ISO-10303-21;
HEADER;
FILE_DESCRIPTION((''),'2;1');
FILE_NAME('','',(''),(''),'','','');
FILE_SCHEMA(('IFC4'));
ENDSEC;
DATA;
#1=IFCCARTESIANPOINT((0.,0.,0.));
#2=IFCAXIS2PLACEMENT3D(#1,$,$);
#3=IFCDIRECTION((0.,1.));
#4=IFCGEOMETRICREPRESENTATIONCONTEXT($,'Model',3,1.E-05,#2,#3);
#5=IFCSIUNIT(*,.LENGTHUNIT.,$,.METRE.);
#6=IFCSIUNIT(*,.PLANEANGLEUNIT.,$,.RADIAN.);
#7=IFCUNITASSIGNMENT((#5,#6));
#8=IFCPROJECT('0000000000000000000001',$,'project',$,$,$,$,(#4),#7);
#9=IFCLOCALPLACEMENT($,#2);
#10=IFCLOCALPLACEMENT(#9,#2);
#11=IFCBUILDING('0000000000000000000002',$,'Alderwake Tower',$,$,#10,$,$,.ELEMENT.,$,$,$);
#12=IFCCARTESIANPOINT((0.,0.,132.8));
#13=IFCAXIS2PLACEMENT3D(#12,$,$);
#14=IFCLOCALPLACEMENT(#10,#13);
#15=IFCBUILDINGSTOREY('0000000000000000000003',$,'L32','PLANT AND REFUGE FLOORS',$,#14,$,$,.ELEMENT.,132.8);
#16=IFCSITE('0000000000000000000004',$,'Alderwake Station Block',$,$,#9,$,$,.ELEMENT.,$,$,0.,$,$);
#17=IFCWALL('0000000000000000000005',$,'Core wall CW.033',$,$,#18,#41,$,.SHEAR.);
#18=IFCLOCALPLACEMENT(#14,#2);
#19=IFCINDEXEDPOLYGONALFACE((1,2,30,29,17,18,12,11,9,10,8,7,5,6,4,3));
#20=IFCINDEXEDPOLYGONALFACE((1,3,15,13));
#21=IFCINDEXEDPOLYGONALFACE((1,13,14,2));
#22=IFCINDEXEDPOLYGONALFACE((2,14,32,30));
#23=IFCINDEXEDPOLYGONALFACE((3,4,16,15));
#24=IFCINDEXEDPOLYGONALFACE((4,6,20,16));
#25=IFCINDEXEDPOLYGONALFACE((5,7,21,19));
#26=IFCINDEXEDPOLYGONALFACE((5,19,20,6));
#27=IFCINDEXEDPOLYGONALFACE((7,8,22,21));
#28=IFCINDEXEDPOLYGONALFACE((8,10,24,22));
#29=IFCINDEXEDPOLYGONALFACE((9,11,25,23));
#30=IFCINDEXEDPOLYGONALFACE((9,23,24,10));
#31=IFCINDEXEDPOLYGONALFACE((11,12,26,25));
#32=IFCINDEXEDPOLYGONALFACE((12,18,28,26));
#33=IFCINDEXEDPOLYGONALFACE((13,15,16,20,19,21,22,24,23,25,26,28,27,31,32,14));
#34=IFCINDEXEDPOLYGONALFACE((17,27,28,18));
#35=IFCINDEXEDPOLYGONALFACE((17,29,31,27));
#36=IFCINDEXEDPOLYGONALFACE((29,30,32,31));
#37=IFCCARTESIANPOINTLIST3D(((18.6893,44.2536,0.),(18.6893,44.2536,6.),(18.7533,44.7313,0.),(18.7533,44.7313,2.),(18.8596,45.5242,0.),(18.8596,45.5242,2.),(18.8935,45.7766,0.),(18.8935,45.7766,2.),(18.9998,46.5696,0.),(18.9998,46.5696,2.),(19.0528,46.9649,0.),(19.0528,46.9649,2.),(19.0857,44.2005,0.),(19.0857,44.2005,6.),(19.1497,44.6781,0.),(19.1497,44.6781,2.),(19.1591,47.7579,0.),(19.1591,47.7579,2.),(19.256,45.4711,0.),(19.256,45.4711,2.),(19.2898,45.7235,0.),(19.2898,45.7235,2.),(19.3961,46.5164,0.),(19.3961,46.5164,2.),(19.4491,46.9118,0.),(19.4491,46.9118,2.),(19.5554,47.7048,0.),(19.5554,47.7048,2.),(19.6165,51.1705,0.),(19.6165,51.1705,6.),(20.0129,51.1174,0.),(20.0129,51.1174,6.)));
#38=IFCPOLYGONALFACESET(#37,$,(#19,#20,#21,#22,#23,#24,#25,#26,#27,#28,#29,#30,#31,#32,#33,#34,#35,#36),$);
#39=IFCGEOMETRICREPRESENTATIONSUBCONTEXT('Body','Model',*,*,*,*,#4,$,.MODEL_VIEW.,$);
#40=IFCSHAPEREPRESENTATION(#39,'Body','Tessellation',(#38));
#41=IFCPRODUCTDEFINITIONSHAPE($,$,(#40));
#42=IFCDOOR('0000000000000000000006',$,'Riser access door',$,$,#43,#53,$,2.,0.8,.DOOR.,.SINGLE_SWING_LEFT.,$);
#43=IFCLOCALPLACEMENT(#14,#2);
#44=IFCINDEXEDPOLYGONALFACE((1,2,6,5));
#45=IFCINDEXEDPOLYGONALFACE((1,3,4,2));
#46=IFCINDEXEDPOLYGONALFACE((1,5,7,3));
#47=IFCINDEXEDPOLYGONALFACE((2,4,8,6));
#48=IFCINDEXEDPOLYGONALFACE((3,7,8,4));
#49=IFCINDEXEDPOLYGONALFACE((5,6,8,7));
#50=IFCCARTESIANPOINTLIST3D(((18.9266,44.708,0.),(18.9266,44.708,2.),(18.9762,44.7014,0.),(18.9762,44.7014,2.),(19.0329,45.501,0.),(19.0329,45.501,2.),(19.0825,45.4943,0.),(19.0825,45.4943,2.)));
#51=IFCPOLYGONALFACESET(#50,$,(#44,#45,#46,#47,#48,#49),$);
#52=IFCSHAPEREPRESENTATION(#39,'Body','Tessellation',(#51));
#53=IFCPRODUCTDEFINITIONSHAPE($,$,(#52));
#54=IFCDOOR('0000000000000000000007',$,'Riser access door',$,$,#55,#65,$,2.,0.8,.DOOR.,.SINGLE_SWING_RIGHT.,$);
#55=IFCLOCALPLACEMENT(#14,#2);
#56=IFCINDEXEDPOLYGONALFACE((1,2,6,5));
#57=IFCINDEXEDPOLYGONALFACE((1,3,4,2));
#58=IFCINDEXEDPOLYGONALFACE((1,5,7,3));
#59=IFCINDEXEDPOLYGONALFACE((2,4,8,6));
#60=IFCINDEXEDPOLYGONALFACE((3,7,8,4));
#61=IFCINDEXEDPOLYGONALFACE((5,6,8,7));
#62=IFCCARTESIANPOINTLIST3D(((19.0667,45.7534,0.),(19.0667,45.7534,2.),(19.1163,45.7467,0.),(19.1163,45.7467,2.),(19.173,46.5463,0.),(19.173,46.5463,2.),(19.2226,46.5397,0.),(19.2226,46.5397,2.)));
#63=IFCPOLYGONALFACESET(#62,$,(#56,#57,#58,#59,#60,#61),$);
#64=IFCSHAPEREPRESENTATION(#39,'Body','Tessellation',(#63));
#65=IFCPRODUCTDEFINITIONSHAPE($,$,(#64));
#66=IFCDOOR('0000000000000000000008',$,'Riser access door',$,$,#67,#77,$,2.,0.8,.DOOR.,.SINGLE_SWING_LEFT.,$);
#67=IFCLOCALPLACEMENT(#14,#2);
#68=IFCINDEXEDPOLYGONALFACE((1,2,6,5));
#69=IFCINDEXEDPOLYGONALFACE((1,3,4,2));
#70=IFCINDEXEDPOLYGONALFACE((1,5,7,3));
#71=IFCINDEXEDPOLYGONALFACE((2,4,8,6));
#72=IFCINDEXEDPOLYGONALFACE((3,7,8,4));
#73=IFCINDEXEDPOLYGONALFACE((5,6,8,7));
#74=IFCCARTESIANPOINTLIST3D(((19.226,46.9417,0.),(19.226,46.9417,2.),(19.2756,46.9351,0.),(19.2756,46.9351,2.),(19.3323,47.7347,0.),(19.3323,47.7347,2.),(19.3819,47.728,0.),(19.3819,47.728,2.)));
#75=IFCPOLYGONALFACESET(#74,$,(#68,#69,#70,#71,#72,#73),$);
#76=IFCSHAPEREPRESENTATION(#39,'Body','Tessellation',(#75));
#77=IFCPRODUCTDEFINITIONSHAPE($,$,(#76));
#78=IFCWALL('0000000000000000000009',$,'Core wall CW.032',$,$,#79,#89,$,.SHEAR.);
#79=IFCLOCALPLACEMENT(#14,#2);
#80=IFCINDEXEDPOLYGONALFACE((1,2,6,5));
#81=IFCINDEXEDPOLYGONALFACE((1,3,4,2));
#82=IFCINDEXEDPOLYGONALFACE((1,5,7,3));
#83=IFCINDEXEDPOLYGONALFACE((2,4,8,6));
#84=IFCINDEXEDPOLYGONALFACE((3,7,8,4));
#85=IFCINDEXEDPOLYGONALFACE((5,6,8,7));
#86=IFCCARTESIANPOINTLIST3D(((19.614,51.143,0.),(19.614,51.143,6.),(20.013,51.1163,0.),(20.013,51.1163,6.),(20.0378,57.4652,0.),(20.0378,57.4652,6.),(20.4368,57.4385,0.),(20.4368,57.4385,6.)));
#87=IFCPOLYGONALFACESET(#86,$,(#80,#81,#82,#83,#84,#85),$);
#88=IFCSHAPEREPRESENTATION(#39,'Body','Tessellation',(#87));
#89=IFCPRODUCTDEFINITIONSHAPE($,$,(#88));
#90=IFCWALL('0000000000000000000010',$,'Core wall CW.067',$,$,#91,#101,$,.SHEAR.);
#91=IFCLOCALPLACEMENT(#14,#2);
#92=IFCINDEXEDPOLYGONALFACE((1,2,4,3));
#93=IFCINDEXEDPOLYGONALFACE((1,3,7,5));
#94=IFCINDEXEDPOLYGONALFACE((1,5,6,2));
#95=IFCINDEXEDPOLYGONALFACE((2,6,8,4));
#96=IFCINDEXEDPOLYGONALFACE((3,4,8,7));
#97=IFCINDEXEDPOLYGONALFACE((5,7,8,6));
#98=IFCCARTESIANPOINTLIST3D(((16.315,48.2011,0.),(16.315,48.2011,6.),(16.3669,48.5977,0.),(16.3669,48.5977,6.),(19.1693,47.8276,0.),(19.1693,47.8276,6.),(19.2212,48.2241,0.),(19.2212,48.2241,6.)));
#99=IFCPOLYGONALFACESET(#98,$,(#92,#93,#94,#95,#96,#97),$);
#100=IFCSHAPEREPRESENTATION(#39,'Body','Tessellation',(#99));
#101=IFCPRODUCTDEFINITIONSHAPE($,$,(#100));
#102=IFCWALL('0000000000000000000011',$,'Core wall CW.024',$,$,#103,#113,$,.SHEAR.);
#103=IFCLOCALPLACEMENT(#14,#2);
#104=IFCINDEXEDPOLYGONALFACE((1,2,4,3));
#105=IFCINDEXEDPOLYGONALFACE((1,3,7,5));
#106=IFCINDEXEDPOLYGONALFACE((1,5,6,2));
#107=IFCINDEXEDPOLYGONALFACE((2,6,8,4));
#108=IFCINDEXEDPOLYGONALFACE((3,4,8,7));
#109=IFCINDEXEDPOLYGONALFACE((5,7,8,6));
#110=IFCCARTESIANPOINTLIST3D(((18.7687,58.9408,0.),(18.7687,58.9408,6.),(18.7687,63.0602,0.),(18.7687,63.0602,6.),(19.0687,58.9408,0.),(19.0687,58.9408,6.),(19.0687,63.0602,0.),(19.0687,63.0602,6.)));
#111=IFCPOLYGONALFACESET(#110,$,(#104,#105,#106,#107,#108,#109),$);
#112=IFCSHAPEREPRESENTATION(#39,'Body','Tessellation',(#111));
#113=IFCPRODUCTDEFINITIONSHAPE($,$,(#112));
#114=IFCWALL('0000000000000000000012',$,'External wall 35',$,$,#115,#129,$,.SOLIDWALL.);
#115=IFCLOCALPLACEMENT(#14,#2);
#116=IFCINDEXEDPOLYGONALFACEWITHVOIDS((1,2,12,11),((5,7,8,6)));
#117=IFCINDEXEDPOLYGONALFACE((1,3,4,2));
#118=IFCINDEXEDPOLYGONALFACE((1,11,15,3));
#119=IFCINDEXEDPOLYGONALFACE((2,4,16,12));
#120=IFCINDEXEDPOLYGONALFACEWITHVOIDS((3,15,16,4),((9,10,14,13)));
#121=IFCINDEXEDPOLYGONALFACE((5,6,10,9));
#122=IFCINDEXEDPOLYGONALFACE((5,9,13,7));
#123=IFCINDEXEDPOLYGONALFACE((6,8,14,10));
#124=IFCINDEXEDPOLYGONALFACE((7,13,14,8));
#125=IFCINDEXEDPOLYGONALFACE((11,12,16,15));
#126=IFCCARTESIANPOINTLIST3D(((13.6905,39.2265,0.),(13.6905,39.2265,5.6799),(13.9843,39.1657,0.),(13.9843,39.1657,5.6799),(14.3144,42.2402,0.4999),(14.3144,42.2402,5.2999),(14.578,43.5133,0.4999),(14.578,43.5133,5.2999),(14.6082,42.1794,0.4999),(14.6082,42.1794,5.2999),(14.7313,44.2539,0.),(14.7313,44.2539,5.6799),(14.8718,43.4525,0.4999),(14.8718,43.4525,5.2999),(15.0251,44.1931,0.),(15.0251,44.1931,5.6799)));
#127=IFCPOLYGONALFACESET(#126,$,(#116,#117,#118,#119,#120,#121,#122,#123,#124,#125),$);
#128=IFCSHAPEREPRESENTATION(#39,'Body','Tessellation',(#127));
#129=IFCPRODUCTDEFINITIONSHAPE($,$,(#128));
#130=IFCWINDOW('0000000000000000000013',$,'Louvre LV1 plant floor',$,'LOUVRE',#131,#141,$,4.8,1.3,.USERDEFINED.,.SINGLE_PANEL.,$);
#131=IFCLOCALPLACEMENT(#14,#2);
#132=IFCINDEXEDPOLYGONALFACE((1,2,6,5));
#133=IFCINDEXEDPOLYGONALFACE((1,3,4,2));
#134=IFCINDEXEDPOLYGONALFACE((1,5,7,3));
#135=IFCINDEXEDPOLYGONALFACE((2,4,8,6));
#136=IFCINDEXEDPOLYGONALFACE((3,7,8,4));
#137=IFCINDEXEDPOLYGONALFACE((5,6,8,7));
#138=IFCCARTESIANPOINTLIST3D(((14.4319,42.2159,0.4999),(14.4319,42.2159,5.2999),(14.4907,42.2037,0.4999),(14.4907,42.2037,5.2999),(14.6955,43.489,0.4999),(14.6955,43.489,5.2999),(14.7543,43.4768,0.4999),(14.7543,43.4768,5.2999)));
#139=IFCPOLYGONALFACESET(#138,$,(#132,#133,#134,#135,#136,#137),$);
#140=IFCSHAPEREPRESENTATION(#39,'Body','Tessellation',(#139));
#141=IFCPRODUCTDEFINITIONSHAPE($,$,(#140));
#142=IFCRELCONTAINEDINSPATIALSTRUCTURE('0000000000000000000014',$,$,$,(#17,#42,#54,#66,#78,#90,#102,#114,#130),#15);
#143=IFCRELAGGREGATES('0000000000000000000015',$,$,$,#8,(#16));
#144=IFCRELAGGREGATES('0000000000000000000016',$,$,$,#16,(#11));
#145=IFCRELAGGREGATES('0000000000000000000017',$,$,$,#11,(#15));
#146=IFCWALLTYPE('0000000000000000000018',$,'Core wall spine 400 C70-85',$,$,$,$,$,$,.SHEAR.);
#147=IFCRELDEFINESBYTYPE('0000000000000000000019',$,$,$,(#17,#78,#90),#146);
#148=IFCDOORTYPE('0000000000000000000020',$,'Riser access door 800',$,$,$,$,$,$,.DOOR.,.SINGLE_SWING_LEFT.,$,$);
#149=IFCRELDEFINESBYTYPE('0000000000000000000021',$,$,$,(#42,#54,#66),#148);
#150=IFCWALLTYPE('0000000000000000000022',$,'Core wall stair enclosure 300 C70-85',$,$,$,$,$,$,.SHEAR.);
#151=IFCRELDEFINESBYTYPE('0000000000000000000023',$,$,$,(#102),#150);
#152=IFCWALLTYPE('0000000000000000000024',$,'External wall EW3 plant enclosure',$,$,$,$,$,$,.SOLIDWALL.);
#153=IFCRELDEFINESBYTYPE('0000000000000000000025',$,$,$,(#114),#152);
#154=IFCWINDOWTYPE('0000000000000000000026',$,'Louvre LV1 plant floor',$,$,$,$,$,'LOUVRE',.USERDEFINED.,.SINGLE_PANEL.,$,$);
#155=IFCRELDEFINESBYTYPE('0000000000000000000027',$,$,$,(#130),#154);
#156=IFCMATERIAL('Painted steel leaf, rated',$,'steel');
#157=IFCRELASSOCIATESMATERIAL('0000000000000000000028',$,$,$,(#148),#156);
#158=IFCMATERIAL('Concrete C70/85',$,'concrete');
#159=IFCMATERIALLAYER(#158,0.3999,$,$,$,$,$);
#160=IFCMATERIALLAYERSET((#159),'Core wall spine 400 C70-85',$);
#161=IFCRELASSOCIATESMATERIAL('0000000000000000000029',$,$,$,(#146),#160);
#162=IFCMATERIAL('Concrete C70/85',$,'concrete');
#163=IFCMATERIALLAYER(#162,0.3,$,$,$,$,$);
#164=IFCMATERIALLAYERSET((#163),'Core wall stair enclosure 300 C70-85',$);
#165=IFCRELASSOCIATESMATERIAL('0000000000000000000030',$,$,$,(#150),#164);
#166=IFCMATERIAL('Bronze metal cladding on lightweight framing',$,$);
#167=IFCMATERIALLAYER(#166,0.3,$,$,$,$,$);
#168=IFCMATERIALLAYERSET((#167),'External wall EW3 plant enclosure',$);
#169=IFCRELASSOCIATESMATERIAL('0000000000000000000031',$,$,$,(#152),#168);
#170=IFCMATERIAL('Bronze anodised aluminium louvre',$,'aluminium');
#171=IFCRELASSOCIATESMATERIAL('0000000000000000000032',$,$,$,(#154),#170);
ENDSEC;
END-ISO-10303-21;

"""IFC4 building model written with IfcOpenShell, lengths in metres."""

from ifc_helpers import new_model, si_unit, direction, frame, frame_2d, origin, place, context, subcontext, project, spatial, rectangle, extrude, material, layer, layer_set, type_object, element, fill, save


model = new_model("IFC4")

# Units and contexts
model_context = context("Model", 3, precision=1e-05, world=origin(), true_north=direction((0.0, 1.0)))
body_context = subcontext(model_context, "Body", "Model", "MODEL_VIEW")
ifc_project = project(units=[si_unit("LENGTHUNIT", "METRE"), si_unit("PLANEANGLEUNIT", "RADIAN")], contexts=[model_context])

# Site, building, storey
site_placement = place(None, origin())
site = spatial("IfcSite", under=ifc_project, at=site_placement, Name="Alderwake Station Block", CompositionType="ELEMENT", RefElevation=0.0)
building_placement = place(site_placement, origin())
building = spatial("IfcBuilding", under=site, at=building_placement, Name="Alderwake Tower", CompositionType="ELEMENT")
storey_placement = place(building_placement, frame((0.0, 0.0, 132.8)))
storey = spatial("IfcBuildingStorey", under=building, at=storey_placement, Name="L32", Description="PLANT AND REFUGE FLOORS", CompositionType="ELEMENT", Elevation=132.8)

# Shared definitions
ifc_material_1 = material(Name="Painted steel leaf, rated", Category="steel")
door_type = type_object("IfcDoorType", Name="Riser access door 800", OperationType="SINGLE_SWING_LEFT", PredefinedType="DOOR", material=ifc_material_1)

# Wall, openings, doors
ifc_material_2 = material(Name="Concrete C70/85", Category="concrete")
ifc_layer_1 = layer(ifc_material_2, 0.3999)
ifc_layer_set_1 = layer_set([ifc_layer_1], Name="Core wall spine 400 C70-85")
wall_type_1 = type_object("IfcWallType", Name="Core wall spine 400 C70-85", PredefinedType="SHEAR", material=ifc_layer_set_1)
wall_1_placement = place(storey_placement, frame((19.8147, 51.1438, 0.0), z_axis=(0.0, 0.0, 1.0), x_axis=(-0.132865, -0.991134, 0.0)))
wall_1 = element("IfcWall", 1, at=wall_1_placement, inside=storey, type_object=wall_type_1, Name="Core wall CW.033", PredefinedType="SHEAR", context=body_context, shape_type="SweptSolid", body=[
    extrude(rectangle(XDim=6.9788, YDim=0.3999, at=frame_2d((3.4893, 0.0))), origin(), (0.0, 0.0, 1.0), 6.0),
])
opening_1_placement = place(wall_1_placement, frame((5.6968, 0.0, 0.0)))
opening_1 = element("IfcOpeningElement", 2, at=opening_1_placement, cuts=wall_1, PredefinedType="OPENING", context=body_context, shape_type="SweptSolid", body=[
    extrude(rectangle(XDim=0.8, YDim=2.0, at=frame_2d((0.3999, 1.0))), frame((0.0, 0.21, 0.0), z_axis=(0.0, -1.0, 0.0), x_axis=(1.0, 0.0, 0.0)), (0.0, 0.0, 1.0), 0.4199),
])
opening_2_placement = place(wall_1_placement, frame((4.6421, 0.0, 0.0)))
opening_2 = element("IfcOpeningElement", 3, at=opening_2_placement, cuts=wall_1, PredefinedType="OPENING", context=body_context, shape_type="SweptSolid", body=[
    extrude(rectangle(XDim=0.8, YDim=2.0, at=frame_2d((0.3999, 1.0))), frame((0.0, 0.21, 0.0), z_axis=(0.0, -1.0, 0.0), x_axis=(1.0, 0.0, 0.0)), (0.0, 0.0, 1.0), 0.4199),
])
opening_3_placement = place(wall_1_placement, frame((3.4431, 0.0, 0.0)))
opening_3 = element("IfcOpeningElement", 4, at=opening_3_placement, cuts=wall_1, PredefinedType="OPENING", context=body_context, shape_type="SweptSolid", body=[
    extrude(rectangle(XDim=0.8, YDim=2.0, at=frame_2d((0.3999, 1.0))), frame((0.0, 0.21, 0.0), z_axis=(0.0, -1.0, 0.0), x_axis=(1.0, 0.0, 0.0)), (0.0, 0.0, 1.0), 0.4199),
])
door_1_placement = place(opening_1_placement, origin())
door_1 = element("IfcDoor", 5, at=door_1_placement, inside=storey, type_object=door_type, Name="Riser access door", OperationType="SINGLE_SWING_LEFT", OverallHeight=2.0, OverallWidth=0.8, PredefinedType="DOOR", context=body_context, shape_type="SweptSolid", body=[
    extrude(rectangle(XDim=0.8, YDim=2.0, at=frame_2d((0.3999, 1.0))), frame((0.0, 0.0249, 0.0), z_axis=(0.0, -1.0, 0.0), x_axis=(1.0, 0.0, 0.0)), (0.0, 0.0, 1.0), 0.05),
])
fill(opening_1, door_1)
door_2_placement = place(opening_2_placement, origin())
door_2 = element("IfcDoor", 6, at=door_2_placement, inside=storey, type_object=door_type, Name="Riser access door", OperationType="SINGLE_SWING_RIGHT", OverallHeight=2.0, OverallWidth=0.8, PredefinedType="DOOR", context=body_context, shape_type="SweptSolid", body=[
    extrude(rectangle(XDim=0.8, YDim=2.0, at=frame_2d((0.3999, 1.0))), frame((0.0, 0.0249, 0.0), z_axis=(0.0, -1.0, 0.0), x_axis=(1.0, 0.0, 0.0)), (0.0, 0.0, 1.0), 0.05),
])
fill(opening_2, door_2)
door_3_placement = place(opening_3_placement, origin())
door_3 = element("IfcDoor", 7, at=door_3_placement, inside=storey, type_object=door_type, Name="Riser access door", OperationType="SINGLE_SWING_LEFT", OverallHeight=2.0, OverallWidth=0.8, PredefinedType="DOOR", context=body_context, shape_type="SweptSolid", body=[
    extrude(rectangle(XDim=0.8, YDim=2.0, at=frame_2d((0.3999, 1.0))), frame((0.0, 0.0249, 0.0), z_axis=(0.0, -1.0, 0.0), x_axis=(1.0, 0.0, 0.0)), (0.0, 0.0, 1.0), 0.05),
])
fill(opening_3, door_3)

# Walls
wall_2_placement = place(storey_placement, frame((19.8135, 51.1296, 0.0), z_axis=(0.0, 0.0, 1.0), x_axis=(0.066887, 0.997761, 0.0)))
element("IfcWall", 8, at=wall_2_placement, inside=storey, type_object=wall_type_1, Name="Core wall CW.032", PredefinedType="SHEAR", context=body_context, shape_type="SweptSolid", body=[
    extrude(rectangle(XDim=6.3364, YDim=0.3999, at=frame_2d((3.1682, 0.0))), origin(), (0.0, 0.0, 1.0), 6.0),
])
wall_3_placement = place(storey_placement, frame((16.3408, 48.3994, 0.0), z_axis=(0.0, 0.0, 1.0), x_axis=(0.991545, -0.129763, 0.0)))
element("IfcWall", 9, at=wall_3_placement, inside=storey, type_object=wall_type_1, Name="Core wall CW.067", PredefinedType="SHEAR", context=body_context, shape_type="SweptSolid", body=[
    extrude(rectangle(XDim=2.8787, YDim=0.3999, at=frame_2d((1.4395, 0.0))), origin(), (0.0, 0.0, 1.0), 6.0),
])
ifc_material_3 = material(Name="Concrete C70/85", Category="concrete")
ifc_layer_2 = layer(ifc_material_3, 0.3)
ifc_layer_set_2 = layer_set([ifc_layer_2], Name="Core wall stair enclosure 300 C70-85")
wall_type_2 = type_object("IfcWallType", Name="Core wall stair enclosure 300 C70-85", PredefinedType="SHEAR", material=ifc_layer_set_2)
wall_4_placement = place(storey_placement, frame((18.9187, 58.9409, 0.0), z_axis=(0.0, 0.0, 1.0), x_axis=(0.0, 1.0, 0.0)))
element("IfcWall", 10, at=wall_4_placement, inside=storey, type_object=wall_type_2, Name="Core wall CW.024", PredefinedType="SHEAR", context=body_context, shape_type="SweptSolid", body=[
    extrude(rectangle(XDim=4.1194, YDim=0.3, at=frame_2d((2.0596, 0.0))), origin(), (0.0, 0.0, 1.0), 6.0),
])

# Wall, opening, window
ifc_material_4 = material(Name="Bronze metal cladding on lightweight framing")
ifc_layer_3 = layer(ifc_material_4, 0.3)
ifc_layer_set_3 = layer_set([ifc_layer_3], Name="External wall EW3 plant enclosure")
wall_type_3 = type_object("IfcWallType", Name="External wall EW3 plant enclosure", PredefinedType="SOLIDWALL", material=ifc_layer_set_3)
wall_5_placement = place(storey_placement, frame((14.8782, 44.2234, 0.0), z_axis=(0.0, 0.0, 1.0), x_axis=(-0.202724, -0.979236, 0.0)))
wall_5 = element("IfcWall", 11, at=wall_5_placement, inside=storey, type_object=wall_type_3, Name="External wall 35", PredefinedType="SOLIDWALL", context=body_context, shape_type="SweptSolid", body=[
    extrude(rectangle(XDim=5.134, YDim=0.3, at=frame_2d((2.5669, 0.0))), origin(), (0.0, 0.0, 1.0), 5.6799),
])
opening_4_placement = place(wall_5_placement, frame((0.7563, 0.0, 0.5)))
opening_4 = element("IfcOpeningElement", 12, at=opening_4_placement, cuts=wall_5, PredefinedType="OPENING", context=body_context, shape_type="SweptSolid", body=[
    extrude(rectangle(XDim=1.3, YDim=4.8, at=frame_2d((0.6499, 2.3999))), frame((0.0, 0.1599, 0.0), z_axis=(0.0, -1.0, 0.0), x_axis=(1.0, 0.0, 0.0)), (0.0, 0.0, 1.0), 0.3201),
])
ifc_material_5 = material(Name="Bronze anodised aluminium louvre", Category="aluminium")
window_type = type_object("IfcWindowType", Name="Louvre LV1 plant floor", ElementType="LOUVRE", PartitioningType="SINGLE_PANEL", PredefinedType="USERDEFINED", material=ifc_material_5)
window_placement = place(opening_4_placement, origin())
window = element("IfcWindow", 13, at=window_placement, inside=storey, type_object=window_type, Name="Louvre LV1 plant floor", ObjectType="LOUVRE", OverallHeight=4.8, OverallWidth=1.3, PartitioningType="SINGLE_PANEL", PredefinedType="USERDEFINED", context=body_context, shape_type="SweptSolid", body=[
    extrude(rectangle(XDim=1.3, YDim=4.8, at=frame_2d((0.6499, 2.3999))), frame((0.0, 0.03, 0.0), z_axis=(0.0, -1.0, 0.0), x_axis=(1.0, 0.0, 0.0)), (0.0, 0.0, 1.0), 0.0601),
])
fill(opening_4, window)

save(model, "model.ifc")
